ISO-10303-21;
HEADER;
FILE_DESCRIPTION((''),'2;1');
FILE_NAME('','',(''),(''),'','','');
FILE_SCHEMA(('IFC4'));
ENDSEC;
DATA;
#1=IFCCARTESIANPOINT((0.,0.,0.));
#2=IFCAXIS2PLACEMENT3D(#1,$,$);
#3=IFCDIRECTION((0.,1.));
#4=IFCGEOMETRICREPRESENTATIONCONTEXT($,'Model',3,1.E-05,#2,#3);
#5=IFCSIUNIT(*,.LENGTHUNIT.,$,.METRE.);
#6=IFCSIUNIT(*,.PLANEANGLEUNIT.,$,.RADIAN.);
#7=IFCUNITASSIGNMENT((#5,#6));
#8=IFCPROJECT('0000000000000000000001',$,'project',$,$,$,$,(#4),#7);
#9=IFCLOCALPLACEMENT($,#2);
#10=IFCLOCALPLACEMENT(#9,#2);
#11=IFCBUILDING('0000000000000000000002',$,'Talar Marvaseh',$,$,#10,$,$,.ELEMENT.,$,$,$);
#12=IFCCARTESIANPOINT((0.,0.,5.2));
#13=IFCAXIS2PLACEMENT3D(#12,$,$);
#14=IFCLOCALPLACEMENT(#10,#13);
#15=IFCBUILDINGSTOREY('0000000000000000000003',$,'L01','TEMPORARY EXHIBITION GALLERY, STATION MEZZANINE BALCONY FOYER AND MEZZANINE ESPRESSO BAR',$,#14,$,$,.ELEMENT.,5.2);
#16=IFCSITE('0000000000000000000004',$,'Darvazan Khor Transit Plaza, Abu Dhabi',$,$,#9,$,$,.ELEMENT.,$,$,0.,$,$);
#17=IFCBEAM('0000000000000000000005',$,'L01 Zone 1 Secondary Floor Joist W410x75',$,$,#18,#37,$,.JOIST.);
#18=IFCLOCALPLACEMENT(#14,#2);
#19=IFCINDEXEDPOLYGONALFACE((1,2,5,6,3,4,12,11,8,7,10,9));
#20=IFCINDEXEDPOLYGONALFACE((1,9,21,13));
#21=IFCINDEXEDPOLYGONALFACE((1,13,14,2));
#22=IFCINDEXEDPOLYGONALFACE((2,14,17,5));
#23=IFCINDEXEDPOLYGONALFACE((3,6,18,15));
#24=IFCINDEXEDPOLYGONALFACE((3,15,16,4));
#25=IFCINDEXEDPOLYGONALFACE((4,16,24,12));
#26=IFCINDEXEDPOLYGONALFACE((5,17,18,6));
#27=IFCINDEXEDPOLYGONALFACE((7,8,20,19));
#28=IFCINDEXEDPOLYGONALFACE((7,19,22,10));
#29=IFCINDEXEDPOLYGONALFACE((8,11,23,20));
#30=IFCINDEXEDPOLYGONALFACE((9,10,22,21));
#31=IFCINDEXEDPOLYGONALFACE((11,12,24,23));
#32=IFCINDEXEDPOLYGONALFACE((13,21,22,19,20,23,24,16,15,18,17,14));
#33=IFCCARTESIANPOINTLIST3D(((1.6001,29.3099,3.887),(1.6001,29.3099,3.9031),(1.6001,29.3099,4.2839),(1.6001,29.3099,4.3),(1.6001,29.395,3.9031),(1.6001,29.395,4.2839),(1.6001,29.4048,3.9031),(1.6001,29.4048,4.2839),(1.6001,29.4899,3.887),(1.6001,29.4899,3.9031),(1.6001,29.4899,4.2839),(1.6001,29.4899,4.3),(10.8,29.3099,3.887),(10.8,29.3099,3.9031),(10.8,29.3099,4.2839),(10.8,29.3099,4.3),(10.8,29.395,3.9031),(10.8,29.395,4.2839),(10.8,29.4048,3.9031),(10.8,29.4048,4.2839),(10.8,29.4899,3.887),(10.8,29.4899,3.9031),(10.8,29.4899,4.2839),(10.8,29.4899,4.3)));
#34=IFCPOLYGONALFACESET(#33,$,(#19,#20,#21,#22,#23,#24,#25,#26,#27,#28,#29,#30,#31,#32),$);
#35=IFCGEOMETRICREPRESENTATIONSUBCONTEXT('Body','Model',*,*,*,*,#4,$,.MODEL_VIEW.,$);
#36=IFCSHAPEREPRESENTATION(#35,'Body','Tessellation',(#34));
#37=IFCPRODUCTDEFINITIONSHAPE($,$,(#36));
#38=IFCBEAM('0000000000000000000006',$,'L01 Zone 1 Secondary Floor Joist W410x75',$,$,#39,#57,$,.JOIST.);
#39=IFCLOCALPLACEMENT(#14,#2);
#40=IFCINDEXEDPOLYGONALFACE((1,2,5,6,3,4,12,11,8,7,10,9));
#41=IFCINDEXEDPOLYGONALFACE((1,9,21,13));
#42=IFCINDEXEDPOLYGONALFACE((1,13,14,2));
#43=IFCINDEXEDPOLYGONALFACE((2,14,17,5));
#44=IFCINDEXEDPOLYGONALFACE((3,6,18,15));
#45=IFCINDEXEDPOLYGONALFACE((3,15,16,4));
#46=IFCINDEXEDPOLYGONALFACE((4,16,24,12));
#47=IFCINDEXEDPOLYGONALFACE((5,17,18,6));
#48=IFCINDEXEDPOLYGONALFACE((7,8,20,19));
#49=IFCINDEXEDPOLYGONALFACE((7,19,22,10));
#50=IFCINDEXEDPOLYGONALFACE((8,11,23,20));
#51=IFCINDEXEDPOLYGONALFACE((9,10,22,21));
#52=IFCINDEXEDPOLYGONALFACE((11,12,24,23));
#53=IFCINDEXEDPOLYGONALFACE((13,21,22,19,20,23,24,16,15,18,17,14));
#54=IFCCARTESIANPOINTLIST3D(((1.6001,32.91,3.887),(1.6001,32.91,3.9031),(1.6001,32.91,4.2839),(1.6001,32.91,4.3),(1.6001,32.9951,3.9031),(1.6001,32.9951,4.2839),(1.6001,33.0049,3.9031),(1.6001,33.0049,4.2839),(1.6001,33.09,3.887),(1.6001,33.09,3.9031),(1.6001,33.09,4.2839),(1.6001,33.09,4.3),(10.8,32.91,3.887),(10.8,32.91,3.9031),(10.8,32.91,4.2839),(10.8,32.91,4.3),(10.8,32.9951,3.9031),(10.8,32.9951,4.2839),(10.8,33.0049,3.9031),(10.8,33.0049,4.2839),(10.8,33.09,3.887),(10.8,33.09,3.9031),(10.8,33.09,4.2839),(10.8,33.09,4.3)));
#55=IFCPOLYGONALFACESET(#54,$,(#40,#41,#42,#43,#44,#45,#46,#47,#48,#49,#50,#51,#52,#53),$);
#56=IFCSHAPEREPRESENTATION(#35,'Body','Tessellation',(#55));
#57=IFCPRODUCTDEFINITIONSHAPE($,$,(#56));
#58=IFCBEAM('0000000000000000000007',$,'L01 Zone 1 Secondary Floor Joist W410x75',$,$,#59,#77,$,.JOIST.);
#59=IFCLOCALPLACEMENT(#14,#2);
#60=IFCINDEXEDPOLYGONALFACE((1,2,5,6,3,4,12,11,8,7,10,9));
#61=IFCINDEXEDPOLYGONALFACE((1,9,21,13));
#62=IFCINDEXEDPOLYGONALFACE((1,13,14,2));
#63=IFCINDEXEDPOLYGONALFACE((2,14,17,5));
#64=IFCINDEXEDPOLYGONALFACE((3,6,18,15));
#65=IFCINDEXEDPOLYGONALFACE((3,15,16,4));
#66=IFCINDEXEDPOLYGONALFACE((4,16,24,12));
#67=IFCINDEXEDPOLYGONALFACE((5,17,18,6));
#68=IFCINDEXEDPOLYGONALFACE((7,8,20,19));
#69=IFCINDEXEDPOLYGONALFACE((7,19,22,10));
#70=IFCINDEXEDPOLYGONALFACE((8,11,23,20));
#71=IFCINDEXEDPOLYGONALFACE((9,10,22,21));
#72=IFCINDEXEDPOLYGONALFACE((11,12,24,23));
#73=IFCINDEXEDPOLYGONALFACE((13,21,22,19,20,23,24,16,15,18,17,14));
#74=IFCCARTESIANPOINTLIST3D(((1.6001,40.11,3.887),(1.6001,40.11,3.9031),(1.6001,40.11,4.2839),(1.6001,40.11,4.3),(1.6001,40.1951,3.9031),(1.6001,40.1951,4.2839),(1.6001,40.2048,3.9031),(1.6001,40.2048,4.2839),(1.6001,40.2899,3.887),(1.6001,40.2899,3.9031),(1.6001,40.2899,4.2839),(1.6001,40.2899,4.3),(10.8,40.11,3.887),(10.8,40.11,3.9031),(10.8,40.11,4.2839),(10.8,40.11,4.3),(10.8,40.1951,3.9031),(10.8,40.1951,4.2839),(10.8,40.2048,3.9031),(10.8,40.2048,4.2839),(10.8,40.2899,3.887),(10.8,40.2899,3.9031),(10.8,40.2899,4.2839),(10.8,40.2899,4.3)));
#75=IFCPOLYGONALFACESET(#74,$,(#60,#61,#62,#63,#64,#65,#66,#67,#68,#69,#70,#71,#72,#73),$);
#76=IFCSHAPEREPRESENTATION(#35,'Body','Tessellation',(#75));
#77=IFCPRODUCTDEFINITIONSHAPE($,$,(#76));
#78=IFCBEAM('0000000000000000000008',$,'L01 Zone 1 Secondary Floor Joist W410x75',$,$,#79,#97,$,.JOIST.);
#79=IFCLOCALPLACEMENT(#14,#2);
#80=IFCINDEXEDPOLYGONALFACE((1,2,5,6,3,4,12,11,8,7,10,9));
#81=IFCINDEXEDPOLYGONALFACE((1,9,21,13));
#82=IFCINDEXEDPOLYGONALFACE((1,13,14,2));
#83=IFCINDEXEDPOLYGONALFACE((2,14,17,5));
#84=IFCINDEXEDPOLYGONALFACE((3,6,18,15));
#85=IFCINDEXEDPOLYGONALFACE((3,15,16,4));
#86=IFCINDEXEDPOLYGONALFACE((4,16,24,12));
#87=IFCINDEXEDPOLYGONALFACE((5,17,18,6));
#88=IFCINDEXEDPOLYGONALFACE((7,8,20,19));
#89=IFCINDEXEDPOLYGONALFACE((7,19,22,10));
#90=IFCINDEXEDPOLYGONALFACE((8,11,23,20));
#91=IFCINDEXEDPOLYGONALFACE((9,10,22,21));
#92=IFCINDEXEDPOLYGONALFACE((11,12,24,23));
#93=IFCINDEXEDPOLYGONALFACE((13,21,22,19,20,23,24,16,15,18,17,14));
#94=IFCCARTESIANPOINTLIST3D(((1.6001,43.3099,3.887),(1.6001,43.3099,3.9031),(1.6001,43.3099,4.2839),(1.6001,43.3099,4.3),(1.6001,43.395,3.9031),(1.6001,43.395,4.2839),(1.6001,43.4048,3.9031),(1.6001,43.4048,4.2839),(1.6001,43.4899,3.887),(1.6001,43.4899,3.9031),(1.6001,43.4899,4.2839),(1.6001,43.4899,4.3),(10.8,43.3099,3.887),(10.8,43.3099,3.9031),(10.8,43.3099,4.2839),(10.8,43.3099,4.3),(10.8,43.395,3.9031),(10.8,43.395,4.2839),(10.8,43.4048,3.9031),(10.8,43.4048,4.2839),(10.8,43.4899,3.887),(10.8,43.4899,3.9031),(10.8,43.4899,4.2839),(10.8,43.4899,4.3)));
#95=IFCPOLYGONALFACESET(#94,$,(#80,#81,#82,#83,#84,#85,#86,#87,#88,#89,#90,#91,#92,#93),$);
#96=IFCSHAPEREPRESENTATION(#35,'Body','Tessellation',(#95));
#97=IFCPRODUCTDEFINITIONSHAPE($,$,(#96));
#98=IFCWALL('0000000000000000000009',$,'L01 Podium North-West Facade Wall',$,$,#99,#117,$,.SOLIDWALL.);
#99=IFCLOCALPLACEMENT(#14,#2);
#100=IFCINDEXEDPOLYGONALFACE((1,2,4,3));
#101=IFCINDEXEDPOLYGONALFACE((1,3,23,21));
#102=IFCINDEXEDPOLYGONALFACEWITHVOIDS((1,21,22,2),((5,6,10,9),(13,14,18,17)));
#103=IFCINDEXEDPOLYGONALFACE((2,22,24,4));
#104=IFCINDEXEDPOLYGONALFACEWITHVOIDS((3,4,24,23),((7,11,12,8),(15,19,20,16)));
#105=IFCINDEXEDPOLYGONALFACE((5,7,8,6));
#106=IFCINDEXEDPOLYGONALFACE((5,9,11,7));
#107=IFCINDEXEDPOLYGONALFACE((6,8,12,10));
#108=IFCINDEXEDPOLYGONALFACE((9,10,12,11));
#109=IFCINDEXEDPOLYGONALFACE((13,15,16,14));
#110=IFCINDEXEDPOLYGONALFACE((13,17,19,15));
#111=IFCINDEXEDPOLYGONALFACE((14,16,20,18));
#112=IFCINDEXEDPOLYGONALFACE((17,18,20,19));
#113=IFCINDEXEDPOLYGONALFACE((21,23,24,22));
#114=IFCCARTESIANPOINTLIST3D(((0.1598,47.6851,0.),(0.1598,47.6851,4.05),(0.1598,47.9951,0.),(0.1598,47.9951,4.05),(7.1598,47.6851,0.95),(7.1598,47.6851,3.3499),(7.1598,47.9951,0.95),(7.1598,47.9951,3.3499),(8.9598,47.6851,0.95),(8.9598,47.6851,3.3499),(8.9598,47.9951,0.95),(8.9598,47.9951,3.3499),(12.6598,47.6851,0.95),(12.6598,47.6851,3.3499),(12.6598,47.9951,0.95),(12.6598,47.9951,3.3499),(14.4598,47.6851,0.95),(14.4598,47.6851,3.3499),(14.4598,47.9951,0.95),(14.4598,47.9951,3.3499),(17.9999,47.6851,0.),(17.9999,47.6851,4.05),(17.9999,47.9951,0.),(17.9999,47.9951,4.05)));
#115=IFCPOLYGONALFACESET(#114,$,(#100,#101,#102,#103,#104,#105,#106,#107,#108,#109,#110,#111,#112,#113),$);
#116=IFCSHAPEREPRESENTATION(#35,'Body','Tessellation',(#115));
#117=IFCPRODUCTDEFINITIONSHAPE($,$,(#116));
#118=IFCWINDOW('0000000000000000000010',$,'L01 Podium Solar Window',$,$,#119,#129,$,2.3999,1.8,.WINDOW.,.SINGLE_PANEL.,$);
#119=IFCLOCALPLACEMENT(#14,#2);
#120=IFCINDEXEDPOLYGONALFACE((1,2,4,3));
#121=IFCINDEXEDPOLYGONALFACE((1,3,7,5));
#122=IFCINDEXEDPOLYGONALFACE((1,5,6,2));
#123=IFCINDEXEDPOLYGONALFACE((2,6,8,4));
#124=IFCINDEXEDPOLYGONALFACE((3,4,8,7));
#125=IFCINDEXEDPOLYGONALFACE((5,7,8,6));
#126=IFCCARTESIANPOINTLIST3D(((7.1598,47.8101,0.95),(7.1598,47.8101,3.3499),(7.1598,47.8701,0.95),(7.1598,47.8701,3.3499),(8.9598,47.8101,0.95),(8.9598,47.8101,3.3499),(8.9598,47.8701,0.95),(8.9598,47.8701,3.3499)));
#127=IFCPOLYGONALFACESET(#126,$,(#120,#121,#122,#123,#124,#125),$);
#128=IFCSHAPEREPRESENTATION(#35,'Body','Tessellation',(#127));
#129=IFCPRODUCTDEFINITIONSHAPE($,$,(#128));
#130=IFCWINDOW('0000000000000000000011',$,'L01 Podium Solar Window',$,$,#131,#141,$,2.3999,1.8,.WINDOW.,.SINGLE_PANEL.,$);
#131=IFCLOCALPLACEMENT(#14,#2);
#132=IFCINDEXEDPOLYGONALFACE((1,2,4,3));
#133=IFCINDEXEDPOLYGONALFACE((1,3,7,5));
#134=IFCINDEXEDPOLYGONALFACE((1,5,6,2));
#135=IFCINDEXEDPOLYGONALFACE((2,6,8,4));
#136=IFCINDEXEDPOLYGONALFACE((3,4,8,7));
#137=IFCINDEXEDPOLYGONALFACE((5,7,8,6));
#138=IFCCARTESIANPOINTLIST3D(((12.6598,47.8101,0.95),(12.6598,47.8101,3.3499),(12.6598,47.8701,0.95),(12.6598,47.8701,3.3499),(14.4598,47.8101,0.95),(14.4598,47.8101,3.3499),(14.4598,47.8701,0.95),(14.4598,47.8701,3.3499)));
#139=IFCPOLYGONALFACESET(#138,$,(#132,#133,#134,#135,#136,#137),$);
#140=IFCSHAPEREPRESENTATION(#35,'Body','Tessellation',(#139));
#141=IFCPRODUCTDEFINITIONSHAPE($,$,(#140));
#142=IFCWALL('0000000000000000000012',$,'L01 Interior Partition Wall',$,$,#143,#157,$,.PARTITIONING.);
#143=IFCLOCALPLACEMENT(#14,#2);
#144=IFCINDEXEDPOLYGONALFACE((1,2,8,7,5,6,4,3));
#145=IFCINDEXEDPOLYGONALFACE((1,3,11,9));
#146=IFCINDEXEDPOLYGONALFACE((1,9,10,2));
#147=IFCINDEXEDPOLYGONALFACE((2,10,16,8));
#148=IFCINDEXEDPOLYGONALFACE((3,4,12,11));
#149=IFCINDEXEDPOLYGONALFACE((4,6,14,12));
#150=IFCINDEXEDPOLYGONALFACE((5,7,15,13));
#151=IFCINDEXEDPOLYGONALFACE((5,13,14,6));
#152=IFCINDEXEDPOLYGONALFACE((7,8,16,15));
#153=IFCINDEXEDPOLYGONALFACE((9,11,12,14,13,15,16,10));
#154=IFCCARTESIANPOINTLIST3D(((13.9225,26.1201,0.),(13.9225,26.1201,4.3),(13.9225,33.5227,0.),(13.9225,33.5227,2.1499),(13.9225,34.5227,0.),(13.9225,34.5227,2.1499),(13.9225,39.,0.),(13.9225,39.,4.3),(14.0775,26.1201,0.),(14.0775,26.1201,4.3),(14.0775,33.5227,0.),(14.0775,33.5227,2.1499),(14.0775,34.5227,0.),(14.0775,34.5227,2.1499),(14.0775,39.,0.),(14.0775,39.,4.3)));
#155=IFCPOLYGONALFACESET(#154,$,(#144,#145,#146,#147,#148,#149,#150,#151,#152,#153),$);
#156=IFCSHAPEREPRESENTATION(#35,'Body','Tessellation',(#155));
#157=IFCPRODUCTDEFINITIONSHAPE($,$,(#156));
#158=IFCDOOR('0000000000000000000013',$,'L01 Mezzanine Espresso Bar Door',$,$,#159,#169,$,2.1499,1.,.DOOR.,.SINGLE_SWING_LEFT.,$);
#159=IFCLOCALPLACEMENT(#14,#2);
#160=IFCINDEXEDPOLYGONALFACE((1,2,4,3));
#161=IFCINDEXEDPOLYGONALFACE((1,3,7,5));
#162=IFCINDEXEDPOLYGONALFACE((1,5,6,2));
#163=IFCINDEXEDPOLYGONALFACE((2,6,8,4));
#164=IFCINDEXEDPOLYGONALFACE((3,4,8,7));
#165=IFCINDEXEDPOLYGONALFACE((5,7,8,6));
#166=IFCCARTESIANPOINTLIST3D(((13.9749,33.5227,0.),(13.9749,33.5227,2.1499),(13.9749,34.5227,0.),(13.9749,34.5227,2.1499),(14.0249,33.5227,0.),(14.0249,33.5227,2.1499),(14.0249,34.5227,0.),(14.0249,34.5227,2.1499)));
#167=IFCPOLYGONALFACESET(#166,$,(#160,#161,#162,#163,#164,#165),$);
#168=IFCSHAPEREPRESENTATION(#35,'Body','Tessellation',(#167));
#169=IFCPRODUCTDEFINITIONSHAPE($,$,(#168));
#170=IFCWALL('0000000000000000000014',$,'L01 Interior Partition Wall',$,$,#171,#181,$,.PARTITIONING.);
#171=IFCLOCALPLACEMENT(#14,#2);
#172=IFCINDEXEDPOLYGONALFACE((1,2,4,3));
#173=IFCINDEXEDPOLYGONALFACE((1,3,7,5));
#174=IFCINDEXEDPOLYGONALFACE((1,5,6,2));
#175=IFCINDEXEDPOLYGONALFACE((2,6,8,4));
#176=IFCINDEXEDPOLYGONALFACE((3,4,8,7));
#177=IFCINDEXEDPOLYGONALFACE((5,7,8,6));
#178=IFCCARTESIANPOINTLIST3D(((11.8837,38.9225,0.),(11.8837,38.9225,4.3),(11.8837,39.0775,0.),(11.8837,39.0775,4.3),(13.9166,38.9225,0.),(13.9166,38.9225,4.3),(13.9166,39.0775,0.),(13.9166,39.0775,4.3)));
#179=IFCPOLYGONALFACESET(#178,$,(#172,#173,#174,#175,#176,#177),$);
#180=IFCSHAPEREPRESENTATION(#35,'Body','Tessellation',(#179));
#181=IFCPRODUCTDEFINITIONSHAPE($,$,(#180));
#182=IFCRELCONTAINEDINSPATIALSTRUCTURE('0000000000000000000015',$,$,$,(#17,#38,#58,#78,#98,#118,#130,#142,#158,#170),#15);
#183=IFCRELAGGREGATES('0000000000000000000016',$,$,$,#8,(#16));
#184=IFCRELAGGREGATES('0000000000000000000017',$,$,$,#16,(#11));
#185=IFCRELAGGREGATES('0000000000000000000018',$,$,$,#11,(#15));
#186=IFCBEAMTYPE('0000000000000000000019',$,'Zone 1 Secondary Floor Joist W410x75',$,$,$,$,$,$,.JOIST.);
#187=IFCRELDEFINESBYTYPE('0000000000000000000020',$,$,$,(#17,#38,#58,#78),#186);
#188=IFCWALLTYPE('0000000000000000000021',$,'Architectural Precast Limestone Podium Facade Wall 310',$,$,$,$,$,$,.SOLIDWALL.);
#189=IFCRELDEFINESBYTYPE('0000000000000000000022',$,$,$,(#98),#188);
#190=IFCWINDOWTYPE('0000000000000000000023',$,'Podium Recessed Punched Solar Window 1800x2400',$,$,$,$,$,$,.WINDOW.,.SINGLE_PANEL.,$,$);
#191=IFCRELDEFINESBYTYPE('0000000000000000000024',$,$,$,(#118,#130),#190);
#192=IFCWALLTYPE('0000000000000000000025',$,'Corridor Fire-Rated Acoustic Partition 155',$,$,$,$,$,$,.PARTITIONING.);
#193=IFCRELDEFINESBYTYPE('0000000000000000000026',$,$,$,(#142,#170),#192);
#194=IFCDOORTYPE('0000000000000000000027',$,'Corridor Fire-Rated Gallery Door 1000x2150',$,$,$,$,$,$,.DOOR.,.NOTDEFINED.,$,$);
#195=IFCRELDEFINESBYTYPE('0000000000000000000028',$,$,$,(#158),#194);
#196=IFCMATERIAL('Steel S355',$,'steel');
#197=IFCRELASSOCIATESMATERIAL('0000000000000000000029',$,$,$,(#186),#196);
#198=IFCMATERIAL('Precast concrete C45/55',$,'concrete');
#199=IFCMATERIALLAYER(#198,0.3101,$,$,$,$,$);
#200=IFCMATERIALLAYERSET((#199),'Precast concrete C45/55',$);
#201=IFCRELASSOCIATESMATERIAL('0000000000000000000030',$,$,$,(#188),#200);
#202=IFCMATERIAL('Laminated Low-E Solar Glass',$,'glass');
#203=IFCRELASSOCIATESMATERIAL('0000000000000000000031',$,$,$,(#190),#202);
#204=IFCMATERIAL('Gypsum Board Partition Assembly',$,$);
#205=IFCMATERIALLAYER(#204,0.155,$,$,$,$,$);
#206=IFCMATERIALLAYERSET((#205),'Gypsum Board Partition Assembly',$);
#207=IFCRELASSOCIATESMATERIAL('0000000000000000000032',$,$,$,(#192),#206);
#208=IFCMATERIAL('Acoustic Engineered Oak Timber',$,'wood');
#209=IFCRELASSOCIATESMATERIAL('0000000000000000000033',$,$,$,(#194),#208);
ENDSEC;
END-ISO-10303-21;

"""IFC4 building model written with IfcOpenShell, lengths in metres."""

from ifc_helpers import new_model, si_unit, direction, frame, frame_2d, origin, origin_2d, place, context, subcontext, project, spatial, rectangle, i_section, extrude, source, transform, mapped, material, layer, layer_set, material_profile, profile_set, type_object, type_shapes, element, fill, save


model = new_model("IFC4")

# Units and contexts
model_context = context("Model", 3, precision=1e-05, world=origin(), true_north=direction((0.0, 1.0)))
body_context = subcontext(model_context, "Body", "Model", "MODEL_VIEW")
ifc_project = project(units=[si_unit("LENGTHUNIT", "METRE"), si_unit("PLANEANGLEUNIT", "RADIAN")], contexts=[model_context])

# Site, building, storey
site_placement = place(None, origin())
site = spatial("IfcSite", under=ifc_project, at=site_placement, Name="Darvazan Khor Transit Plaza, Abu Dhabi", CompositionType="ELEMENT", RefElevation=0.0)
building_placement = place(site_placement, origin())
building = spatial("IfcBuilding", under=site, at=building_placement, Name="Talar Marvaseh", CompositionType="ELEMENT")
storey_placement = place(building_placement, frame((0.0, 0.0, 5.2)))
storey = spatial("IfcBuildingStorey", under=building, at=storey_placement, Name="L01", Description="TEMPORARY EXHIBITION GALLERY, STATION MEZZANINE BALCONY FOYER AND MEZZANINE ESPRESSO BAR", CompositionType="ELEMENT", Elevation=5.2)

# Beams
ifc_material_1 = material(Name="Steel S355", Category="steel")
ifc_material_profile_1 = material_profile(ifc_material_1, i_section(OverallWidth=0.1799, OverallDepth=0.4131, WebThickness=0.0098, FlangeThickness=0.0161, at=origin_2d()), Name="W410x75")
ifc_profile_set_1 = profile_set([ifc_material_profile_1], Name="Steel S355")
beam_type_1 = type_object("IfcBeamType", Name="Zone 1 Secondary Floor Joist W410x75", PredefinedType="JOIST", material=ifc_profile_set_1)
for number, where, z_axis, x_axis, name in (
    (1, (1.6001, 29.3999, 4.0935), (1.0, 0.0, 0.0), (0.0, 1.0, 0.0), "L01 Zone 1 Secondary Floor Joist W410x75"),
    (2, (1.6001, 33.0, 4.0935), (1.0, 0.0, 0.0), (0.0, 1.0, 0.0), "L01 Zone 1 Secondary Floor Joist W410x75"),
    (3, (1.6001, 40.2, 4.0935), (1.0, 0.0, 0.0), (0.0, 1.0, 0.0), "L01 Zone 1 Secondary Floor Joist W410x75"),
    (4, (1.6001, 43.3999, 4.0935), (1.0, 0.0, 0.0), (0.0, 1.0, 0.0), "L01 Zone 1 Secondary Floor Joist W410x75"),
):
    element("IfcBeam", number, at=place(storey_placement, frame(where, z_axis=z_axis, x_axis=x_axis)), inside=storey, type_object=beam_type_1, Name=name, PredefinedType="JOIST", context=body_context, shape_type="SweptSolid", body=[
        extrude(i_section(OverallWidth=0.1799, OverallDepth=0.4131, WebThickness=0.0098, FlangeThickness=0.0161, at=origin_2d()), origin(), (0.0, 0.0, 1.0), 9.2),
    ])

# Wall, openings, windows
ifc_material_2 = material(Name="Precast concrete C45/55", Category="concrete")
ifc_layer_1 = layer(ifc_material_2, 0.3101)
ifc_layer_set_1 = layer_set([ifc_layer_1], Name="Precast concrete C45/55")
wall_type_1 = type_object("IfcWallType", Name="Architectural Precast Limestone Podium Facade Wall 310", PredefinedType="SOLIDWALL", material=ifc_layer_set_1)
wall_1_placement = place(storey_placement, frame((0.1599, 47.8401, 0.0), z_axis=(0.0, 0.0, 1.0), x_axis=(1.0, 0.0, 0.0)))
wall_1 = element("IfcWall", 5, at=wall_1_placement, inside=storey, type_object=wall_type_1, Name="L01 Podium North-West Facade Wall", PredefinedType="SOLIDWALL", context=body_context, shape_type="SweptSolid", body=[
    extrude(rectangle(XDim=17.8401, YDim=0.3101, at=frame_2d((8.9199, 0.0))), origin(), (0.0, 0.0, 1.0), 4.05),
])
opening_1_placement = place(wall_1_placement, frame((7.0, 0.0, 0.95)))
opening_1 = element("IfcOpeningElement", 6, at=opening_1_placement, cuts=wall_1, PredefinedType="OPENING", context=body_context, shape_type="SweptSolid", body=[
    extrude(rectangle(XDim=1.8, YDim=2.3999, at=frame_2d((0.8999, 1.2))), frame((0.0, 0.165, 0.0), z_axis=(0.0, -1.0, 0.0), x_axis=(1.0, 0.0, 0.0)), (0.0, 0.0, 1.0), 0.3301),
])
opening_2_placement = place(wall_1_placement, frame((12.5, 0.0, 0.95)))
opening_2 = element("IfcOpeningElement", 7, at=opening_2_placement, cuts=wall_1, PredefinedType="OPENING", context=body_context, shape_type="SweptSolid", body=[
    extrude(rectangle(XDim=1.8, YDim=2.3999, at=frame_2d((0.8999, 1.2))), frame((0.0, 0.165, 0.0), z_axis=(0.0, -1.0, 0.0), x_axis=(1.0, 0.0, 0.0)), (0.0, 0.0, 1.0), 0.3301),
])
ifc_material_3 = material(Name="Laminated Low-E Solar Glass", Category="glass")
window_type = type_object("IfcWindowType", Name="Podium Recessed Punched Solar Window 1800x2400", PartitioningType="SINGLE_PANEL", PredefinedType="WINDOW", material=ifc_material_3)
shared_shape_1 = source(origin(), body_context, "Body", "SweptSolid", [
    extrude(rectangle(XDim=1.8, YDim=2.3999, at=frame_2d((0.8999, 1.2))), frame((0.0, 0.03, 0.0), z_axis=(0.0, -1.0, 0.0), x_axis=(1.0, 0.0, 0.0)), (0.0, 0.0, 1.0), 0.0601),
])
type_shapes(window_type, [shared_shape_1])
window_1_placement = place(opening_1_placement, origin())
window_1 = element("IfcWindow", 8, at=window_1_placement, inside=storey, type_object=window_type, Name="L01 Podium Solar Window", OverallHeight=2.3999, OverallWidth=1.8, PartitioningType="SINGLE_PANEL", PredefinedType="WINDOW", context=body_context, shape_type="MappedRepresentation", body=[
    mapped(shared_shape_1, transform((0.0, 0.0, 0.0), x_axis=(1.0, 0.0, 0.0), y_axis=(0.0, 1.0, 0.0), z_axis=(0.0, 0.0, 1.0), scale=1.0)),
])
fill(opening_1, window_1)
window_2_placement = place(opening_2_placement, origin())
window_2 = element("IfcWindow", 9, at=window_2_placement, inside=storey, type_object=window_type, Name="L01 Podium Solar Window", OverallHeight=2.3999, OverallWidth=1.8, PartitioningType="SINGLE_PANEL", PredefinedType="WINDOW", context=body_context, shape_type="MappedRepresentation", body=[
    mapped(shared_shape_1, transform((0.0, 0.0, 0.0), x_axis=(1.0, 0.0, 0.0), y_axis=(0.0, 1.0, 0.0), z_axis=(0.0, 0.0, 1.0), scale=1.0)),
])
fill(opening_2, window_2)

# Wall, opening, door
ifc_material_4 = material(Name="Gypsum Board Partition Assembly")
ifc_layer_2 = layer(ifc_material_4, 0.155)
ifc_layer_set_2 = layer_set([ifc_layer_2], Name="Gypsum Board Partition Assembly")
wall_type_2 = type_object("IfcWallType", Name="Corridor Fire-Rated Acoustic Partition 155", PredefinedType="PARTITIONING", material=ifc_layer_set_2)
wall_2_placement = place(storey_placement, frame((14.0, 39.0, 0.0), z_axis=(0.0, 0.0, 1.0), x_axis=(0.0, -1.0, 0.0)))
wall_2 = element("IfcWall", 10, at=wall_2_placement, inside=storey, type_object=wall_type_2, Name="L01 Interior Partition Wall", PredefinedType="PARTITIONING", context=body_context, shape_type="SweptSolid", body=[
    extrude(rectangle(XDim=12.8799, YDim=0.155, at=frame_2d((6.4399, 0.0))), origin(), (0.0, 0.0, 1.0), 4.3),
])
opening_3_placement = place(wall_2_placement, frame((4.4773, 0.0, 0.0)))
opening_3 = element("IfcOpeningElement", 11, at=opening_3_placement, cuts=wall_2, PredefinedType="OPENING", context=body_context, shape_type="SweptSolid", body=[
    extrude(rectangle(XDim=1.0, YDim=2.1499, at=frame_2d((0.5, 1.075))), frame((0.0, 0.0874, 0.0), z_axis=(0.0, -1.0, 0.0), x_axis=(1.0, 0.0, 0.0)), (0.0, 0.0, 1.0), 0.175),
])
ifc_material_5 = material(Name="Acoustic Engineered Oak Timber", Category="wood")
door_type = type_object("IfcDoorType", Name="Corridor Fire-Rated Gallery Door 1000x2150", OperationType="NOTDEFINED", PredefinedType="DOOR", material=ifc_material_5)
shared_shape_2 = source(origin(), body_context, "Body", "SweptSolid", [
    extrude(rectangle(XDim=1.0, YDim=2.1499, at=frame_2d((0.5, 1.075))), frame((0.0, 0.0249, 0.0), z_axis=(0.0, -1.0, 0.0), x_axis=(1.0, 0.0, 0.0)), (0.0, 0.0, 1.0), 0.05),
])
type_shapes(door_type, [shared_shape_2])
door_placement = place(opening_3_placement, origin())
door = element("IfcDoor", 12, at=door_placement, inside=storey, type_object=door_type, Name="L01 Mezzanine Espresso Bar Door", OperationType="SINGLE_SWING_LEFT", OverallHeight=2.1499, OverallWidth=1.0, PredefinedType="DOOR", context=body_context, shape_type="MappedRepresentation", body=[
    mapped(shared_shape_2, transform((0.0, 0.0, 0.0), x_axis=(1.0, 0.0, 0.0), y_axis=(0.0, 1.0, 0.0), z_axis=(0.0, 0.0, 1.0), scale=1.0)),
])
fill(opening_3, door)

# Wall
wall_3_placement = place(storey_placement, frame((11.8835, 39.0, 0.0), z_axis=(0.0, 0.0, 1.0), x_axis=(1.0, 0.0, 0.0)))
element("IfcWall", 13, at=wall_3_placement, inside=storey, type_object=wall_type_2, Name="L01 Interior Partition Wall", PredefinedType="PARTITIONING", context=body_context, shape_type="SweptSolid", body=[
    extrude(rectangle(XDim=2.033, YDim=0.155, at=frame_2d((1.0166, 0.0))), origin(), (0.0, 0.0, 1.0), 4.3),
])

save(model, "model.ifc")
